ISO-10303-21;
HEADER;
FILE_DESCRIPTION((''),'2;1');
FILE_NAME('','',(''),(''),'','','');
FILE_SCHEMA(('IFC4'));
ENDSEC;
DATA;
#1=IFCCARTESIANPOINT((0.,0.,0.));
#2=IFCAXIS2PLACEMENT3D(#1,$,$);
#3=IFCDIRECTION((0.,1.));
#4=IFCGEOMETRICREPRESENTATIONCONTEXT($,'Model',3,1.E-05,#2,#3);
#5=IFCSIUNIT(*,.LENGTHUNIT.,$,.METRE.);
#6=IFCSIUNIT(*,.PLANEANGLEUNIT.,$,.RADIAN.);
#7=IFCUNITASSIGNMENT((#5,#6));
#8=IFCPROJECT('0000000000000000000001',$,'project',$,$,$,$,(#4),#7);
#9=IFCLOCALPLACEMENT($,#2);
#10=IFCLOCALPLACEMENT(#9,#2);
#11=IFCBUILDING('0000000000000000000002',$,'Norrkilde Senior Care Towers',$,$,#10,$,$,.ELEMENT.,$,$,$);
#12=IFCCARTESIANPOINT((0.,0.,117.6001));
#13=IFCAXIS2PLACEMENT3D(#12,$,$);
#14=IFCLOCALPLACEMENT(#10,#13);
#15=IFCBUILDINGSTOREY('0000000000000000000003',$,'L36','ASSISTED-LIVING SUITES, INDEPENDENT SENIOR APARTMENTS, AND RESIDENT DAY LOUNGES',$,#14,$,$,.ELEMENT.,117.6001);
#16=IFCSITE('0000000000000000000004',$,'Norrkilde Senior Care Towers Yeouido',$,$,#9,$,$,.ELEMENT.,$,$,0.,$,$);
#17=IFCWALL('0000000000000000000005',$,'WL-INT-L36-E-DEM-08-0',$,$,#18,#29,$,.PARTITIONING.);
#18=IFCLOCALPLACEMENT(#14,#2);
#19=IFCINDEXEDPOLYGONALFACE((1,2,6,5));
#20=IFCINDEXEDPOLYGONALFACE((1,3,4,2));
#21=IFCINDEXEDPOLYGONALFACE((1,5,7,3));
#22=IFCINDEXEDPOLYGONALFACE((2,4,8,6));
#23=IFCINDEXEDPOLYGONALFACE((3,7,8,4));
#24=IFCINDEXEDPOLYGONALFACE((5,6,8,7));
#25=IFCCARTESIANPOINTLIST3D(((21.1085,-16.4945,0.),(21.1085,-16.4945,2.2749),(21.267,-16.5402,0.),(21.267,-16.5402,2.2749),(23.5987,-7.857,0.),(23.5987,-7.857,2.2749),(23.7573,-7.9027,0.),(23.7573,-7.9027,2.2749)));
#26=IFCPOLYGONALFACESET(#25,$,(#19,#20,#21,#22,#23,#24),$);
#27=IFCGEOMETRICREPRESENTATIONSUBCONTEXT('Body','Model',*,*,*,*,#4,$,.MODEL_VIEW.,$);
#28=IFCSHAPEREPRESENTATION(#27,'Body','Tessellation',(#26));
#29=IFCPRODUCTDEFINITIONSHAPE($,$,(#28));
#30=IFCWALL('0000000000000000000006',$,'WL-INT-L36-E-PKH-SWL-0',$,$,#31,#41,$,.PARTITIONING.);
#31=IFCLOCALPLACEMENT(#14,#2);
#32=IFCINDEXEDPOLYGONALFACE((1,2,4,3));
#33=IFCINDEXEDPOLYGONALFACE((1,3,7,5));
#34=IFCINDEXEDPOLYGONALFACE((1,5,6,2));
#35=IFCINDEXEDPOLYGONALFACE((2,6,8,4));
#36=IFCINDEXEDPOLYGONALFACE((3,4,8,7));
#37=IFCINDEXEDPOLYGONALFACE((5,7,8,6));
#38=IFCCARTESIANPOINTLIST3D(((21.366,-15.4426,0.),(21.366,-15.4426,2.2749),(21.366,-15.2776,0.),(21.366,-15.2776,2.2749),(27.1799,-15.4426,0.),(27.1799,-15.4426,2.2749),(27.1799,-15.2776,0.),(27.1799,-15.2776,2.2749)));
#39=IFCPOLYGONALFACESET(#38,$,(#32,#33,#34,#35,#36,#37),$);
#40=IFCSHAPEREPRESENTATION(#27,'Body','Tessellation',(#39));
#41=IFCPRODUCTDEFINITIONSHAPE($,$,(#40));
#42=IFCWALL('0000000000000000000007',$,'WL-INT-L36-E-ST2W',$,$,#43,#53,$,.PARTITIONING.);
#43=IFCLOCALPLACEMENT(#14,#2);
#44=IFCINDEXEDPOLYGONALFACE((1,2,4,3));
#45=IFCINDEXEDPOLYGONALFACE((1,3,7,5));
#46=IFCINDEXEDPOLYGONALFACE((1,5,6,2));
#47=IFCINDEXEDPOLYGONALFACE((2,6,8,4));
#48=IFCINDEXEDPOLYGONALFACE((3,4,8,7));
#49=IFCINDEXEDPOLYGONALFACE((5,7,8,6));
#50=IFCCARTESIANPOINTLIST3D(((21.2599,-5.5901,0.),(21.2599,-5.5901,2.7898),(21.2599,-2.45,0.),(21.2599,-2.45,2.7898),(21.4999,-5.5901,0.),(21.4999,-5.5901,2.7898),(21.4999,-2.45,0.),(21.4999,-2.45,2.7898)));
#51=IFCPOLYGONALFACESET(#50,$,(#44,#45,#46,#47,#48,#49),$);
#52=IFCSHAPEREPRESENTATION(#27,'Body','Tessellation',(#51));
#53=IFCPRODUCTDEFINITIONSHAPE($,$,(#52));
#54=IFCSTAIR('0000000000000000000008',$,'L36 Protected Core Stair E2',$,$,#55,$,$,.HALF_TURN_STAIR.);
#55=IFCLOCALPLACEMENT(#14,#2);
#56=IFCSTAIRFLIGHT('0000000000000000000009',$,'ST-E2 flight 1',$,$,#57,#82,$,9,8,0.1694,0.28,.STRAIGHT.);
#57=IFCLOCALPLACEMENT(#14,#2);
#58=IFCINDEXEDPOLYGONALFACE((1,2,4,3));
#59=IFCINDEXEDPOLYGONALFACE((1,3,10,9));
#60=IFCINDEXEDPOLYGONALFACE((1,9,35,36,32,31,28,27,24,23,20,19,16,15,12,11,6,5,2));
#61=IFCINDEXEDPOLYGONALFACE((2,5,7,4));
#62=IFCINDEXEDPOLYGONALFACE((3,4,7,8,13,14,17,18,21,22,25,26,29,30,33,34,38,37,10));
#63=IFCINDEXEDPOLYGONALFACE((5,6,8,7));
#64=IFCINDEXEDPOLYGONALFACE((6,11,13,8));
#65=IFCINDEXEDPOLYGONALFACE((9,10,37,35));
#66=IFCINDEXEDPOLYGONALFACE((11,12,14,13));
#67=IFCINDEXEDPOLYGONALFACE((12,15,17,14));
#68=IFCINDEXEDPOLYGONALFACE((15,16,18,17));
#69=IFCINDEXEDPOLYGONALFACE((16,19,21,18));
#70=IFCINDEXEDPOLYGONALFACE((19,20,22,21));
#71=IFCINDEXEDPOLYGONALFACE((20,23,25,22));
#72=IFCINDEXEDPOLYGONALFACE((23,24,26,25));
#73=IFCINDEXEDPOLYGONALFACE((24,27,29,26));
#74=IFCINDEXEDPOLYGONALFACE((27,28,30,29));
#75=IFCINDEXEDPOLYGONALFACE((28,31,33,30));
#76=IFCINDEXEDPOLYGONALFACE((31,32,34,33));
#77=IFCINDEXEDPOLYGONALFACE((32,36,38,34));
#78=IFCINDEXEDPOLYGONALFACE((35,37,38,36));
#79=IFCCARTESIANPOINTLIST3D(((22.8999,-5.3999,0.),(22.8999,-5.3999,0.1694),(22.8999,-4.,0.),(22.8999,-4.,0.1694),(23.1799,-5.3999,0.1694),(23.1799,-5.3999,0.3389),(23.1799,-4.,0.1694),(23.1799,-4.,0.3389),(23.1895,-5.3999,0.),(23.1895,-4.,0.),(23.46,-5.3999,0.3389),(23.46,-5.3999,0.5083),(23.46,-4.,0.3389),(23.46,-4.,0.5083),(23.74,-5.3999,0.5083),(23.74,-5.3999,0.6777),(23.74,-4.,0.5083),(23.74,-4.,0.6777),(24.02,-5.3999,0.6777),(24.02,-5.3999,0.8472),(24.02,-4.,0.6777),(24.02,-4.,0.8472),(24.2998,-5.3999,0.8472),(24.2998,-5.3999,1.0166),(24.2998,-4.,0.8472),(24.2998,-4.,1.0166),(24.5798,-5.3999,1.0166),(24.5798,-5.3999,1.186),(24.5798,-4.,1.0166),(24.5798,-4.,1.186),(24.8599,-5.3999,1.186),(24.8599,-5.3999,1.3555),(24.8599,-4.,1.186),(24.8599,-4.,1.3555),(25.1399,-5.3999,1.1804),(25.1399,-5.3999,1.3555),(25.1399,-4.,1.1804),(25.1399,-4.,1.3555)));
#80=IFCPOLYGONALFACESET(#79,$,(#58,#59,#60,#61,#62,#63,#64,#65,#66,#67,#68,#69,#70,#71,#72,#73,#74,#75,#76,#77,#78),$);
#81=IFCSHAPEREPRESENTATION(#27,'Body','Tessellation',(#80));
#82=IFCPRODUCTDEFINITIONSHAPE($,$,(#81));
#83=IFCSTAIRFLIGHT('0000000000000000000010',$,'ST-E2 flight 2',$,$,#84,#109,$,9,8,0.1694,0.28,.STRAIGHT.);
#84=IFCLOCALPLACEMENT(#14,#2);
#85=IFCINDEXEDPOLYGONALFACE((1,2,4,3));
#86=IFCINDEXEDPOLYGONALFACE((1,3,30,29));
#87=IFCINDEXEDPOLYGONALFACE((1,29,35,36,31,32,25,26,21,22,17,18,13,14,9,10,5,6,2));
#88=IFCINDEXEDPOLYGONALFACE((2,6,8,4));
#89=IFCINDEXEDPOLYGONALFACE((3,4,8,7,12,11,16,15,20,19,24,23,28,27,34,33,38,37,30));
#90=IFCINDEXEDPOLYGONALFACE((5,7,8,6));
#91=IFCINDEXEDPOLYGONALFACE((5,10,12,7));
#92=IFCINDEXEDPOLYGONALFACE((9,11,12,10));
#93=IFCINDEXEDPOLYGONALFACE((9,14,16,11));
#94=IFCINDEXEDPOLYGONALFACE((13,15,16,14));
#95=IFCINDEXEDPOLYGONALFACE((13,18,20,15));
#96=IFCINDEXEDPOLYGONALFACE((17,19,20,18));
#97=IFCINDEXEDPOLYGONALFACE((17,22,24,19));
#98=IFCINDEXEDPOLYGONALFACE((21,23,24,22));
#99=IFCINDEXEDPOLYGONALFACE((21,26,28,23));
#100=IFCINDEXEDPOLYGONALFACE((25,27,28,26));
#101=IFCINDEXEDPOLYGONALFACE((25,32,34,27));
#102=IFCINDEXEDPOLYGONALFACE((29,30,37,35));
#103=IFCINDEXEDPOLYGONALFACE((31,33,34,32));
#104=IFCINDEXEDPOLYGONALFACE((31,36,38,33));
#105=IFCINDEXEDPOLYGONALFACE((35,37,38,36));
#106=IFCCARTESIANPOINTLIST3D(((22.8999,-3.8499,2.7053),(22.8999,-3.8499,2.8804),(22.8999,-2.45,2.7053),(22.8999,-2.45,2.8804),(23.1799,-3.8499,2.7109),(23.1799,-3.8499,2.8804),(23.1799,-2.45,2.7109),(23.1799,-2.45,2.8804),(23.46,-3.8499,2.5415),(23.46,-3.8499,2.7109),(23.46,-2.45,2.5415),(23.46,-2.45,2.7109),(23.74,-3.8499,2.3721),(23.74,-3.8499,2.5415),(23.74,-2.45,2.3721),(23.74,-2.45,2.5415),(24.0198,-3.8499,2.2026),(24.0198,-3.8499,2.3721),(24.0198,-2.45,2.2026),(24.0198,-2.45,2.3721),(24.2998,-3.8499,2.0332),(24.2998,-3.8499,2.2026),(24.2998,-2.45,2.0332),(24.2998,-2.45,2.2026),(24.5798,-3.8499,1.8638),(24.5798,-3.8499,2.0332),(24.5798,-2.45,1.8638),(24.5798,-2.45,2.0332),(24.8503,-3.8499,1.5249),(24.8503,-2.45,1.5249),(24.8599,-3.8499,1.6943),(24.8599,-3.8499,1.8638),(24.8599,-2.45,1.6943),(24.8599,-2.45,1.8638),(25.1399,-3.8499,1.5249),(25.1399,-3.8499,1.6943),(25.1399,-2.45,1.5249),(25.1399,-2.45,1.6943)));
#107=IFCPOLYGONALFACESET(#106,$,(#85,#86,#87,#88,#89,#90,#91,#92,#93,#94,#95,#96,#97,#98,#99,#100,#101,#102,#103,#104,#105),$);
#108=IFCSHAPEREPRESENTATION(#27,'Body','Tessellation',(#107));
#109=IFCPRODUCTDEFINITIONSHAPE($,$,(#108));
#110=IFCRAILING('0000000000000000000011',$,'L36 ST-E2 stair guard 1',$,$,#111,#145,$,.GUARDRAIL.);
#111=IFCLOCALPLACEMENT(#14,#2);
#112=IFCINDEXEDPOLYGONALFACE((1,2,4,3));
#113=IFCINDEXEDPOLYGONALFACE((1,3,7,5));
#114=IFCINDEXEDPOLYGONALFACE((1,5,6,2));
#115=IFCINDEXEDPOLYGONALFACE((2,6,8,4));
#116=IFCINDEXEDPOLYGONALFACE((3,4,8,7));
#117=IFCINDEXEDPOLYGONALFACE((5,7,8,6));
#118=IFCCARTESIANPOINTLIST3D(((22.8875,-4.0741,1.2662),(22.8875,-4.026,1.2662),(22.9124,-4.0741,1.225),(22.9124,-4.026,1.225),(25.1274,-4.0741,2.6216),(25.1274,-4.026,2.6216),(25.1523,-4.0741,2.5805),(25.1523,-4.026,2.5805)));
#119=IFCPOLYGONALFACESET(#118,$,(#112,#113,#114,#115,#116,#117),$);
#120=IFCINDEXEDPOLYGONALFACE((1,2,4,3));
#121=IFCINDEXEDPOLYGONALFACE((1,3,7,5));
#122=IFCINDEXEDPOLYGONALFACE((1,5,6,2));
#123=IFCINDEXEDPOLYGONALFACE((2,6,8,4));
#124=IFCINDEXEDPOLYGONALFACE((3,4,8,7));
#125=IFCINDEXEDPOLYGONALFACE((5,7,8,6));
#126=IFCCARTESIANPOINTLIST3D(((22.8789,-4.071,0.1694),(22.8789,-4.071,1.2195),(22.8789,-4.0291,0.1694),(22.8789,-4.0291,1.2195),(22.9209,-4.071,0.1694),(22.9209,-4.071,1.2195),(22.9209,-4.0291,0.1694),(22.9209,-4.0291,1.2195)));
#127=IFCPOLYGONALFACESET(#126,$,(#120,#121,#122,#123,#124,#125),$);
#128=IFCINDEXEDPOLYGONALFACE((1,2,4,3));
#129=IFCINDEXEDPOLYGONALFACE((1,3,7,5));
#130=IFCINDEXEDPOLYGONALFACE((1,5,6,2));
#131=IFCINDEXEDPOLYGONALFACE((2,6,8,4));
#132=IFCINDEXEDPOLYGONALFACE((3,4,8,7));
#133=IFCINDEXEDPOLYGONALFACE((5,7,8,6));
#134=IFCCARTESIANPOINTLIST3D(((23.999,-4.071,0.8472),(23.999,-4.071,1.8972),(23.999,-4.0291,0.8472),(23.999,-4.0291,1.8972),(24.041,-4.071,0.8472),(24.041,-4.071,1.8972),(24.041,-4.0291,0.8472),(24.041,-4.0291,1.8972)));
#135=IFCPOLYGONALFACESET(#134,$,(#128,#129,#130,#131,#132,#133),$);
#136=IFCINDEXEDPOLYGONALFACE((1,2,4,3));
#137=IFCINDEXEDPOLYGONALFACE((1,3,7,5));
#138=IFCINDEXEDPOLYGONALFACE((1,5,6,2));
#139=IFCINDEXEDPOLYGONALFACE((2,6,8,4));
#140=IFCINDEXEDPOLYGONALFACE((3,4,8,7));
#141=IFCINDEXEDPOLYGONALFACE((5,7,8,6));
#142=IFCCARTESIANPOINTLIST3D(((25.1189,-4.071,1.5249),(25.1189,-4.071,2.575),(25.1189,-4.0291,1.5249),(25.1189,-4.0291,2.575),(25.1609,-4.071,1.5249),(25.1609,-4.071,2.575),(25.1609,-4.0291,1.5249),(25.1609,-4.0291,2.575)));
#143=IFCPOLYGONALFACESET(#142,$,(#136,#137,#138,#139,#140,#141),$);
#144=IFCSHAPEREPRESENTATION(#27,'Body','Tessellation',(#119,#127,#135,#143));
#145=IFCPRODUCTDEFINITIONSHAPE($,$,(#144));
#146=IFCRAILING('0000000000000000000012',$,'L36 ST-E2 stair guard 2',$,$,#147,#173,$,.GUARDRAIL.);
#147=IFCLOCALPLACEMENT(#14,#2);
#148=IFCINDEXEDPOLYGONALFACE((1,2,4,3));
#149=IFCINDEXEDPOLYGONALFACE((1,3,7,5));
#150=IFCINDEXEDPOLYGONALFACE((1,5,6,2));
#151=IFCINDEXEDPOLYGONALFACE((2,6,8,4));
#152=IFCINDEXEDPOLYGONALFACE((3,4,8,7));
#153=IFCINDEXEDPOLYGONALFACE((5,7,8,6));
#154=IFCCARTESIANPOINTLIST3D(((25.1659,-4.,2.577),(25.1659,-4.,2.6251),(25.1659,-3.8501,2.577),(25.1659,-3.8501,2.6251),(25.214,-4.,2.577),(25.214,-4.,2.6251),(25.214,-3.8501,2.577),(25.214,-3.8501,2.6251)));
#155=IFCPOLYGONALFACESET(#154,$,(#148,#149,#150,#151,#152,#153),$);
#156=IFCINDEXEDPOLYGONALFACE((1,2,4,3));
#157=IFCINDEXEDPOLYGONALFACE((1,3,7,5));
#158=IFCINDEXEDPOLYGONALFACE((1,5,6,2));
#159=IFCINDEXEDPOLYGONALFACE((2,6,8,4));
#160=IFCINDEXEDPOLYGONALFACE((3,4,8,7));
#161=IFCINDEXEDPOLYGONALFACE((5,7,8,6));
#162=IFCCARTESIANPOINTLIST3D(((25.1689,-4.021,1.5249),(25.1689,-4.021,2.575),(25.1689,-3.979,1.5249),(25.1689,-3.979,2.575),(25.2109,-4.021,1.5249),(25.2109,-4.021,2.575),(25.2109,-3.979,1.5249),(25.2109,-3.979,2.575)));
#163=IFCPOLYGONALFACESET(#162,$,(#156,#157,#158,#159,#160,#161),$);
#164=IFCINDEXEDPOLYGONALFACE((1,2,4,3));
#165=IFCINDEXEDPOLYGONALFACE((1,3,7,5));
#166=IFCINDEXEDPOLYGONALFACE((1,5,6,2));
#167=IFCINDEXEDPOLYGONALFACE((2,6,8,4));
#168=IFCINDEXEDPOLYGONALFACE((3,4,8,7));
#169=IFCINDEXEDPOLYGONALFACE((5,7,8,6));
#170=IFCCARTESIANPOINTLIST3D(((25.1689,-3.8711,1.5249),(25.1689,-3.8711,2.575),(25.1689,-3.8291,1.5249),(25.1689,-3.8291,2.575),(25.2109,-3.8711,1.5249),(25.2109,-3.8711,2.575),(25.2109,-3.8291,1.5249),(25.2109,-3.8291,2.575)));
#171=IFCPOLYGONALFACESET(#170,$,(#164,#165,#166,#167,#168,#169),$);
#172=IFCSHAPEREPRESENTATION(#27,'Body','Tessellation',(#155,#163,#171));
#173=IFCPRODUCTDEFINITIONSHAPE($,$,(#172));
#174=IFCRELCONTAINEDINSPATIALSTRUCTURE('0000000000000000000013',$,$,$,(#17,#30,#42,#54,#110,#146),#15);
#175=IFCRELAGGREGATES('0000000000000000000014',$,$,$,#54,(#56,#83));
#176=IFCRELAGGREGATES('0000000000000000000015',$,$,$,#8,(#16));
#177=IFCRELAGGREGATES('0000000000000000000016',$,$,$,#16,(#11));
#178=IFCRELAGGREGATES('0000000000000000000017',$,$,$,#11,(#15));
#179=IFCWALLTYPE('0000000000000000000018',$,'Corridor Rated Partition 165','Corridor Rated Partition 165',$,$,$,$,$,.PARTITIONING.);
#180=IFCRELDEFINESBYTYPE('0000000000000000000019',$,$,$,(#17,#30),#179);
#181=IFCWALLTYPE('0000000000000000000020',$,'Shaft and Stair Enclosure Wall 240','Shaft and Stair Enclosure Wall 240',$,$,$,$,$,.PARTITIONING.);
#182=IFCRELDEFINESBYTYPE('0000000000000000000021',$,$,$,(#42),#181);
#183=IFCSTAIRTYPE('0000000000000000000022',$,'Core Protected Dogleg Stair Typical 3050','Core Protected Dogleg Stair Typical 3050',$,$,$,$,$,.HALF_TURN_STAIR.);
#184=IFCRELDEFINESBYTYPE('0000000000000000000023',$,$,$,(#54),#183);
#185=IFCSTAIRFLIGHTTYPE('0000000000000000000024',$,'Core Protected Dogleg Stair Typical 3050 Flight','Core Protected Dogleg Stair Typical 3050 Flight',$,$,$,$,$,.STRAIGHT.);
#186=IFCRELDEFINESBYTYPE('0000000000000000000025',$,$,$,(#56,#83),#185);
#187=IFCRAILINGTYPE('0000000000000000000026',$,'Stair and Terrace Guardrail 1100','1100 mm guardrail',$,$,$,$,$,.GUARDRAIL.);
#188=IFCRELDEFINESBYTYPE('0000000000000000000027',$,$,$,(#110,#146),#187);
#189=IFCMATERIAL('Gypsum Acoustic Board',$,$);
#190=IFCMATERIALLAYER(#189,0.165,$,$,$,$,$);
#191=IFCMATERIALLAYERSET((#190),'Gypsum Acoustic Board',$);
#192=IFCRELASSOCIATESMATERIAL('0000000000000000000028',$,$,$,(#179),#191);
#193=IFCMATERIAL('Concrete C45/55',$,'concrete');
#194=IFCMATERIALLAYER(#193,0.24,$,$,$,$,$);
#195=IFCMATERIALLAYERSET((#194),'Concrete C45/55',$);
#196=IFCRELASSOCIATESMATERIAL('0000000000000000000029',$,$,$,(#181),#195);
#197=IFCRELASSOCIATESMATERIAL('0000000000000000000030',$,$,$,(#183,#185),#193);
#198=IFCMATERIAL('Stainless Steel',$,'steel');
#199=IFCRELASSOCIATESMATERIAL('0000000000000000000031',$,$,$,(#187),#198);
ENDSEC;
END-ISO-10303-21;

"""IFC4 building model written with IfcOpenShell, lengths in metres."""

from ifc_helpers import new_model, si_unit, direction, frame, frame_2d, origin, origin_2d, place, context, subcontext, project, spatial, polyline, rectangle, outline, extrude, source, transform, mapped, material, layer, layer_set, type_object, type_shapes, element, aggregate, save


model = new_model("IFC4")

# Units and contexts
model_context = context("Model", 3, precision=1e-05, world=origin(), true_north=direction((0.0, 1.0)))
body_context = subcontext(model_context, "Body", "Model", "MODEL_VIEW")
ifc_project = project(units=[si_unit("LENGTHUNIT", "METRE"), si_unit("PLANEANGLEUNIT", "RADIAN")], contexts=[model_context])

# Site, building, storey
site_placement = place(None, origin())
site = spatial("IfcSite", under=ifc_project, at=site_placement, Name="Norrkilde Senior Care Towers Yeouido", CompositionType="ELEMENT", RefElevation=0.0)
building_placement = place(site_placement, origin())
building = spatial("IfcBuilding", under=site, at=building_placement, Name="Norrkilde Senior Care Towers", CompositionType="ELEMENT")
storey_placement = place(building_placement, frame((0.0, 0.0, 117.6001)))
storey = spatial("IfcBuildingStorey", under=building, at=storey_placement, Name="L36", Description="ASSISTED-LIVING SUITES, INDEPENDENT SENIOR APARTMENTS, AND RESIDENT DAY LOUNGES", CompositionType="ELEMENT", Elevation=117.6001)

# Shared definitions
ifc_material_1 = material(Name="Concrete C45/55", Category="concrete")

# Walls
ifc_material_2 = material(Name="Gypsum Acoustic Board")
ifc_layer_1 = layer(ifc_material_2, 0.165)
ifc_layer_set_1 = layer_set([ifc_layer_1], Name="Gypsum Acoustic Board")
wall_type_1 = type_object("IfcWallType", Name="Corridor Rated Partition 165", Description="Corridor Rated Partition 165", PredefinedType="PARTITIONING", material=ifc_layer_set_1)
shared_shape_1 = source(origin(), body_context, "Body", "SweptSolid", [
    extrude(rectangle(XDim=8.9893, YDim=0.165, at=frame_2d((4.4946, 0.0))), origin(), (0.0, 0.0, 1.0), 2.2749),
])
wall_1_placement = place(storey_placement, frame((23.678, -7.8799, 0.0), z_axis=(0.0, 0.0, 1.0), x_axis=(-0.277023, -0.960863, 0.0)))
element("IfcWall", 1, at=wall_1_placement, inside=storey, type_object=wall_type_1, Name="WL-INT-L36-E-DEM-08-0", PredefinedType="PARTITIONING", context=body_context, shape_type="MappedRepresentation", body=[
    mapped(shared_shape_1, transform((0.0, 0.0, 0.0), x_axis=(1.0, 0.0, 0.0), y_axis=(0.0, 1.0, 0.0), z_axis=(0.0, 0.0, 1.0), scale=1.0)),
])
shared_shape_2 = source(origin(), body_context, "Body", "SweptSolid", [
    extrude(rectangle(XDim=5.814, YDim=0.165, at=frame_2d((2.907, 0.0))), origin(), (0.0, 0.0, 1.0), 2.2749),
])
type_shapes(wall_type_1, [shared_shape_1, shared_shape_2])
wall_2_placement = place(storey_placement, frame((21.366, -15.3601, 0.0), z_axis=(0.0, 0.0, 1.0), x_axis=(1.0, 0.0, 0.0)))
element("IfcWall", 2, at=wall_2_placement, inside=storey, type_object=wall_type_1, Name="WL-INT-L36-E-PKH-SWL-0", PredefinedType="PARTITIONING", context=body_context, shape_type="MappedRepresentation", body=[
    mapped(shared_shape_2, transform((0.0, 0.0, 0.0), x_axis=(1.0, 0.0, 0.0), y_axis=(0.0, 1.0, 0.0), z_axis=(0.0, 0.0, 1.0), scale=1.0)),
])

# Shared definitions
ifc_layer_2 = layer(ifc_material_1, 0.24)
ifc_layer_set_2 = layer_set([ifc_layer_2], Name="Concrete C45/55")
wall_type_2 = type_object("IfcWallType", Name="Shaft and Stair Enclosure Wall 240", Description="Shaft and Stair Enclosure Wall 240", PredefinedType="PARTITIONING", material=ifc_layer_set_2)

# Wall
shared_shape_3 = source(origin(), body_context, "Body", "SweptSolid", [
    extrude(rectangle(XDim=3.1401, YDim=0.24, at=frame_2d((1.5701, 0.0))), origin(), (0.0, 0.0, 1.0), 2.7898),
])
wall_3_placement = place(storey_placement, frame((21.3799, -5.5901, 0.0), z_axis=(0.0, 0.0, 1.0), x_axis=(0.0, 1.0, 0.0)))
element("IfcWall", 3, at=wall_3_placement, inside=storey, type_object=wall_type_2, Name="WL-INT-L36-E-ST2W", PredefinedType="PARTITIONING", context=body_context, shape_type="MappedRepresentation", body=[
    mapped(shared_shape_3, transform((0.0, 0.0, 0.0), x_axis=(1.0, 0.0, 0.0), y_axis=(0.0, 1.0, 0.0), z_axis=(0.0, 0.0, 1.0), scale=1.0)),
])

# Stair, stair flights
stair_type = type_object("IfcStairType", Name="Core Protected Dogleg Stair Typical 3050", Description="Core Protected Dogleg Stair Typical 3050", PredefinedType="HALF_TURN_STAIR", material=ifc_material_1)
stair_placement = place(storey_placement, origin())
stair = element("IfcStair", 4, at=stair_placement, inside=storey, type_object=stair_type, Name="L36 Protected Core Stair E2", PredefinedType="HALF_TURN_STAIR")
stair_flight_type = type_object("IfcStairFlightType", Name="Core Protected Dogleg Stair Typical 3050 Flight", Description="Core Protected Dogleg Stair Typical 3050 Flight", PredefinedType="STRAIGHT", material=ifc_material_1)
stair_flight_1_placement = place(storey_placement, frame((22.8999, -4.7, 0.0), z_axis=(0.0, 0.0, 1.0), x_axis=(1.0, 0.0, 0.0)))
stair_flight_1 = element("IfcStairFlight", 5, at=stair_flight_1_placement, type_object=stair_flight_type, Name="ST-E2 flight 1", NumberOfRisers=9, NumberOfTreads=8, PredefinedType="STRAIGHT", RiserHeight=0.1694, TreadLength=0.28, context=body_context, shape_type="SweptSolid", body=[
    extrude(outline(polyline([(0.0, 0.0), (0.0, 0.1694), (0.28, 0.1694), (0.28, 0.3389), (0.5601, 0.3389), (0.5601, 0.5083), (0.8401, 0.5083), (0.8401, 0.6777), (1.1201, 0.6777), (1.1201, 0.8472), (1.3999, 0.8472), (1.3999, 1.0166), (1.6799, 1.0166), (1.6799, 1.186), (1.96, 1.186), (1.96, 1.3555), (2.24, 1.3555), (2.24, 1.5249), (2.24, 1.1804), (0.2896, 0.0), (0.0, 0.0)])), frame((0.0, 0.7, 0.0), z_axis=(0.0, -1.0, 0.0), x_axis=(1.0, 0.0, 0.0)), (0.0, 0.0, 1.0), 1.3999),
])
stair_flight_2_placement = place(storey_placement, frame((25.1399, -3.1499, 1.5249), z_axis=(0.0, 0.0, 1.0), x_axis=(-1.0, 0.0, 0.0)))
stair_flight_2 = element("IfcStairFlight", 6, at=stair_flight_2_placement, type_object=stair_flight_type, Name="ST-E2 flight 2", NumberOfRisers=9, NumberOfTreads=8, PredefinedType="STRAIGHT", RiserHeight=0.1694, TreadLength=0.28, context=body_context, shape_type="SweptSolid", body=[
    extrude(outline(polyline([(0.0, 0.0), (0.0, 0.1694), (0.28, 0.1694), (0.28, 0.3389), (0.5601, 0.3389), (0.5601, 0.5083), (0.8401, 0.5083), (0.8401, 0.6777), (1.1201, 0.6777), (1.1201, 0.8472), (1.3999, 0.8472), (1.3999, 1.0166), (1.6799, 1.0166), (1.6799, 1.186), (1.96, 1.186), (1.96, 1.3555), (2.24, 1.3555), (2.24, 1.5249), (2.24, 1.1804), (0.2896, 0.0), (0.0, 0.0)])), frame((0.0, 0.7, 0.0), z_axis=(0.0, -1.0, 0.0), x_axis=(1.0, 0.0, 0.0)), (0.0, 0.0, 1.0), 1.3999),
])
aggregate(stair, [stair_flight_1, stair_flight_2])

# Railings
ifc_material_3 = material(Name="Stainless Steel", Category="steel")
railing_type_1 = type_object("IfcRailingType", Name="Stair and Terrace Guardrail 1100", Description="1100 mm guardrail", PredefinedType="GUARDRAIL", material=ifc_material_3)
railing_1_placement = place(storey_placement, frame((22.8999, -4.05, 0.1694)))
element("IfcRailing", 7, at=railing_1_placement, inside=storey, type_object=railing_type_1, Name="L36 ST-E2 stair guard 1", PredefinedType="GUARDRAIL", context=body_context, shape_type="SweptSolid", body=[
    extrude(rectangle(XDim=0.0481, YDim=0.0481, at=origin_2d()), frame((0.0, 0.0, 1.0762), z_axis=(0.855553, 0.0, 0.517715), x_axis=(0.0, 1.0, 0.0)), (0.0, 0.0, 1.0), 2.6182),
    extrude(rectangle(XDim=0.042, YDim=0.042, at=origin_2d()), origin(), (0.0, 0.0, 1.0), 1.05),
    extrude(rectangle(XDim=0.042, YDim=0.042, at=origin_2d()), frame((1.1201, 0.0, 0.6777)), (0.0, 0.0, 1.0), 1.05),
    extrude(rectangle(XDim=0.042, YDim=0.042, at=origin_2d()), frame((2.24, 0.0, 1.3555)), (0.0, 0.0, 1.0), 1.05),
])
railing_2_placement = place(storey_placement, frame((25.1899, -4.0, 1.5249)))
element("IfcRailing", 8, at=railing_2_placement, inside=storey, type_object=railing_type_1, Name="L36 ST-E2 stair guard 2", PredefinedType="GUARDRAIL", context=body_context, shape_type="SweptSolid", body=[
    extrude(rectangle(XDim=0.0481, YDim=0.0481, at=origin_2d()), frame((0.0, 0.0, 1.0762), z_axis=(0.0, 1.0, 0.0), x_axis=(-1.0, 0.0, 0.0)), (0.0, 0.0, 1.0), 0.1499),
    extrude(rectangle(XDim=0.042, YDim=0.042, at=origin_2d()), origin(), (0.0, 0.0, 1.0), 1.05),
    extrude(rectangle(XDim=0.042, YDim=0.042, at=origin_2d()), frame((0.0, 0.1499, 0.0)), (0.0, 0.0, 1.0), 1.05),
])

save(model, "model.ifc")
